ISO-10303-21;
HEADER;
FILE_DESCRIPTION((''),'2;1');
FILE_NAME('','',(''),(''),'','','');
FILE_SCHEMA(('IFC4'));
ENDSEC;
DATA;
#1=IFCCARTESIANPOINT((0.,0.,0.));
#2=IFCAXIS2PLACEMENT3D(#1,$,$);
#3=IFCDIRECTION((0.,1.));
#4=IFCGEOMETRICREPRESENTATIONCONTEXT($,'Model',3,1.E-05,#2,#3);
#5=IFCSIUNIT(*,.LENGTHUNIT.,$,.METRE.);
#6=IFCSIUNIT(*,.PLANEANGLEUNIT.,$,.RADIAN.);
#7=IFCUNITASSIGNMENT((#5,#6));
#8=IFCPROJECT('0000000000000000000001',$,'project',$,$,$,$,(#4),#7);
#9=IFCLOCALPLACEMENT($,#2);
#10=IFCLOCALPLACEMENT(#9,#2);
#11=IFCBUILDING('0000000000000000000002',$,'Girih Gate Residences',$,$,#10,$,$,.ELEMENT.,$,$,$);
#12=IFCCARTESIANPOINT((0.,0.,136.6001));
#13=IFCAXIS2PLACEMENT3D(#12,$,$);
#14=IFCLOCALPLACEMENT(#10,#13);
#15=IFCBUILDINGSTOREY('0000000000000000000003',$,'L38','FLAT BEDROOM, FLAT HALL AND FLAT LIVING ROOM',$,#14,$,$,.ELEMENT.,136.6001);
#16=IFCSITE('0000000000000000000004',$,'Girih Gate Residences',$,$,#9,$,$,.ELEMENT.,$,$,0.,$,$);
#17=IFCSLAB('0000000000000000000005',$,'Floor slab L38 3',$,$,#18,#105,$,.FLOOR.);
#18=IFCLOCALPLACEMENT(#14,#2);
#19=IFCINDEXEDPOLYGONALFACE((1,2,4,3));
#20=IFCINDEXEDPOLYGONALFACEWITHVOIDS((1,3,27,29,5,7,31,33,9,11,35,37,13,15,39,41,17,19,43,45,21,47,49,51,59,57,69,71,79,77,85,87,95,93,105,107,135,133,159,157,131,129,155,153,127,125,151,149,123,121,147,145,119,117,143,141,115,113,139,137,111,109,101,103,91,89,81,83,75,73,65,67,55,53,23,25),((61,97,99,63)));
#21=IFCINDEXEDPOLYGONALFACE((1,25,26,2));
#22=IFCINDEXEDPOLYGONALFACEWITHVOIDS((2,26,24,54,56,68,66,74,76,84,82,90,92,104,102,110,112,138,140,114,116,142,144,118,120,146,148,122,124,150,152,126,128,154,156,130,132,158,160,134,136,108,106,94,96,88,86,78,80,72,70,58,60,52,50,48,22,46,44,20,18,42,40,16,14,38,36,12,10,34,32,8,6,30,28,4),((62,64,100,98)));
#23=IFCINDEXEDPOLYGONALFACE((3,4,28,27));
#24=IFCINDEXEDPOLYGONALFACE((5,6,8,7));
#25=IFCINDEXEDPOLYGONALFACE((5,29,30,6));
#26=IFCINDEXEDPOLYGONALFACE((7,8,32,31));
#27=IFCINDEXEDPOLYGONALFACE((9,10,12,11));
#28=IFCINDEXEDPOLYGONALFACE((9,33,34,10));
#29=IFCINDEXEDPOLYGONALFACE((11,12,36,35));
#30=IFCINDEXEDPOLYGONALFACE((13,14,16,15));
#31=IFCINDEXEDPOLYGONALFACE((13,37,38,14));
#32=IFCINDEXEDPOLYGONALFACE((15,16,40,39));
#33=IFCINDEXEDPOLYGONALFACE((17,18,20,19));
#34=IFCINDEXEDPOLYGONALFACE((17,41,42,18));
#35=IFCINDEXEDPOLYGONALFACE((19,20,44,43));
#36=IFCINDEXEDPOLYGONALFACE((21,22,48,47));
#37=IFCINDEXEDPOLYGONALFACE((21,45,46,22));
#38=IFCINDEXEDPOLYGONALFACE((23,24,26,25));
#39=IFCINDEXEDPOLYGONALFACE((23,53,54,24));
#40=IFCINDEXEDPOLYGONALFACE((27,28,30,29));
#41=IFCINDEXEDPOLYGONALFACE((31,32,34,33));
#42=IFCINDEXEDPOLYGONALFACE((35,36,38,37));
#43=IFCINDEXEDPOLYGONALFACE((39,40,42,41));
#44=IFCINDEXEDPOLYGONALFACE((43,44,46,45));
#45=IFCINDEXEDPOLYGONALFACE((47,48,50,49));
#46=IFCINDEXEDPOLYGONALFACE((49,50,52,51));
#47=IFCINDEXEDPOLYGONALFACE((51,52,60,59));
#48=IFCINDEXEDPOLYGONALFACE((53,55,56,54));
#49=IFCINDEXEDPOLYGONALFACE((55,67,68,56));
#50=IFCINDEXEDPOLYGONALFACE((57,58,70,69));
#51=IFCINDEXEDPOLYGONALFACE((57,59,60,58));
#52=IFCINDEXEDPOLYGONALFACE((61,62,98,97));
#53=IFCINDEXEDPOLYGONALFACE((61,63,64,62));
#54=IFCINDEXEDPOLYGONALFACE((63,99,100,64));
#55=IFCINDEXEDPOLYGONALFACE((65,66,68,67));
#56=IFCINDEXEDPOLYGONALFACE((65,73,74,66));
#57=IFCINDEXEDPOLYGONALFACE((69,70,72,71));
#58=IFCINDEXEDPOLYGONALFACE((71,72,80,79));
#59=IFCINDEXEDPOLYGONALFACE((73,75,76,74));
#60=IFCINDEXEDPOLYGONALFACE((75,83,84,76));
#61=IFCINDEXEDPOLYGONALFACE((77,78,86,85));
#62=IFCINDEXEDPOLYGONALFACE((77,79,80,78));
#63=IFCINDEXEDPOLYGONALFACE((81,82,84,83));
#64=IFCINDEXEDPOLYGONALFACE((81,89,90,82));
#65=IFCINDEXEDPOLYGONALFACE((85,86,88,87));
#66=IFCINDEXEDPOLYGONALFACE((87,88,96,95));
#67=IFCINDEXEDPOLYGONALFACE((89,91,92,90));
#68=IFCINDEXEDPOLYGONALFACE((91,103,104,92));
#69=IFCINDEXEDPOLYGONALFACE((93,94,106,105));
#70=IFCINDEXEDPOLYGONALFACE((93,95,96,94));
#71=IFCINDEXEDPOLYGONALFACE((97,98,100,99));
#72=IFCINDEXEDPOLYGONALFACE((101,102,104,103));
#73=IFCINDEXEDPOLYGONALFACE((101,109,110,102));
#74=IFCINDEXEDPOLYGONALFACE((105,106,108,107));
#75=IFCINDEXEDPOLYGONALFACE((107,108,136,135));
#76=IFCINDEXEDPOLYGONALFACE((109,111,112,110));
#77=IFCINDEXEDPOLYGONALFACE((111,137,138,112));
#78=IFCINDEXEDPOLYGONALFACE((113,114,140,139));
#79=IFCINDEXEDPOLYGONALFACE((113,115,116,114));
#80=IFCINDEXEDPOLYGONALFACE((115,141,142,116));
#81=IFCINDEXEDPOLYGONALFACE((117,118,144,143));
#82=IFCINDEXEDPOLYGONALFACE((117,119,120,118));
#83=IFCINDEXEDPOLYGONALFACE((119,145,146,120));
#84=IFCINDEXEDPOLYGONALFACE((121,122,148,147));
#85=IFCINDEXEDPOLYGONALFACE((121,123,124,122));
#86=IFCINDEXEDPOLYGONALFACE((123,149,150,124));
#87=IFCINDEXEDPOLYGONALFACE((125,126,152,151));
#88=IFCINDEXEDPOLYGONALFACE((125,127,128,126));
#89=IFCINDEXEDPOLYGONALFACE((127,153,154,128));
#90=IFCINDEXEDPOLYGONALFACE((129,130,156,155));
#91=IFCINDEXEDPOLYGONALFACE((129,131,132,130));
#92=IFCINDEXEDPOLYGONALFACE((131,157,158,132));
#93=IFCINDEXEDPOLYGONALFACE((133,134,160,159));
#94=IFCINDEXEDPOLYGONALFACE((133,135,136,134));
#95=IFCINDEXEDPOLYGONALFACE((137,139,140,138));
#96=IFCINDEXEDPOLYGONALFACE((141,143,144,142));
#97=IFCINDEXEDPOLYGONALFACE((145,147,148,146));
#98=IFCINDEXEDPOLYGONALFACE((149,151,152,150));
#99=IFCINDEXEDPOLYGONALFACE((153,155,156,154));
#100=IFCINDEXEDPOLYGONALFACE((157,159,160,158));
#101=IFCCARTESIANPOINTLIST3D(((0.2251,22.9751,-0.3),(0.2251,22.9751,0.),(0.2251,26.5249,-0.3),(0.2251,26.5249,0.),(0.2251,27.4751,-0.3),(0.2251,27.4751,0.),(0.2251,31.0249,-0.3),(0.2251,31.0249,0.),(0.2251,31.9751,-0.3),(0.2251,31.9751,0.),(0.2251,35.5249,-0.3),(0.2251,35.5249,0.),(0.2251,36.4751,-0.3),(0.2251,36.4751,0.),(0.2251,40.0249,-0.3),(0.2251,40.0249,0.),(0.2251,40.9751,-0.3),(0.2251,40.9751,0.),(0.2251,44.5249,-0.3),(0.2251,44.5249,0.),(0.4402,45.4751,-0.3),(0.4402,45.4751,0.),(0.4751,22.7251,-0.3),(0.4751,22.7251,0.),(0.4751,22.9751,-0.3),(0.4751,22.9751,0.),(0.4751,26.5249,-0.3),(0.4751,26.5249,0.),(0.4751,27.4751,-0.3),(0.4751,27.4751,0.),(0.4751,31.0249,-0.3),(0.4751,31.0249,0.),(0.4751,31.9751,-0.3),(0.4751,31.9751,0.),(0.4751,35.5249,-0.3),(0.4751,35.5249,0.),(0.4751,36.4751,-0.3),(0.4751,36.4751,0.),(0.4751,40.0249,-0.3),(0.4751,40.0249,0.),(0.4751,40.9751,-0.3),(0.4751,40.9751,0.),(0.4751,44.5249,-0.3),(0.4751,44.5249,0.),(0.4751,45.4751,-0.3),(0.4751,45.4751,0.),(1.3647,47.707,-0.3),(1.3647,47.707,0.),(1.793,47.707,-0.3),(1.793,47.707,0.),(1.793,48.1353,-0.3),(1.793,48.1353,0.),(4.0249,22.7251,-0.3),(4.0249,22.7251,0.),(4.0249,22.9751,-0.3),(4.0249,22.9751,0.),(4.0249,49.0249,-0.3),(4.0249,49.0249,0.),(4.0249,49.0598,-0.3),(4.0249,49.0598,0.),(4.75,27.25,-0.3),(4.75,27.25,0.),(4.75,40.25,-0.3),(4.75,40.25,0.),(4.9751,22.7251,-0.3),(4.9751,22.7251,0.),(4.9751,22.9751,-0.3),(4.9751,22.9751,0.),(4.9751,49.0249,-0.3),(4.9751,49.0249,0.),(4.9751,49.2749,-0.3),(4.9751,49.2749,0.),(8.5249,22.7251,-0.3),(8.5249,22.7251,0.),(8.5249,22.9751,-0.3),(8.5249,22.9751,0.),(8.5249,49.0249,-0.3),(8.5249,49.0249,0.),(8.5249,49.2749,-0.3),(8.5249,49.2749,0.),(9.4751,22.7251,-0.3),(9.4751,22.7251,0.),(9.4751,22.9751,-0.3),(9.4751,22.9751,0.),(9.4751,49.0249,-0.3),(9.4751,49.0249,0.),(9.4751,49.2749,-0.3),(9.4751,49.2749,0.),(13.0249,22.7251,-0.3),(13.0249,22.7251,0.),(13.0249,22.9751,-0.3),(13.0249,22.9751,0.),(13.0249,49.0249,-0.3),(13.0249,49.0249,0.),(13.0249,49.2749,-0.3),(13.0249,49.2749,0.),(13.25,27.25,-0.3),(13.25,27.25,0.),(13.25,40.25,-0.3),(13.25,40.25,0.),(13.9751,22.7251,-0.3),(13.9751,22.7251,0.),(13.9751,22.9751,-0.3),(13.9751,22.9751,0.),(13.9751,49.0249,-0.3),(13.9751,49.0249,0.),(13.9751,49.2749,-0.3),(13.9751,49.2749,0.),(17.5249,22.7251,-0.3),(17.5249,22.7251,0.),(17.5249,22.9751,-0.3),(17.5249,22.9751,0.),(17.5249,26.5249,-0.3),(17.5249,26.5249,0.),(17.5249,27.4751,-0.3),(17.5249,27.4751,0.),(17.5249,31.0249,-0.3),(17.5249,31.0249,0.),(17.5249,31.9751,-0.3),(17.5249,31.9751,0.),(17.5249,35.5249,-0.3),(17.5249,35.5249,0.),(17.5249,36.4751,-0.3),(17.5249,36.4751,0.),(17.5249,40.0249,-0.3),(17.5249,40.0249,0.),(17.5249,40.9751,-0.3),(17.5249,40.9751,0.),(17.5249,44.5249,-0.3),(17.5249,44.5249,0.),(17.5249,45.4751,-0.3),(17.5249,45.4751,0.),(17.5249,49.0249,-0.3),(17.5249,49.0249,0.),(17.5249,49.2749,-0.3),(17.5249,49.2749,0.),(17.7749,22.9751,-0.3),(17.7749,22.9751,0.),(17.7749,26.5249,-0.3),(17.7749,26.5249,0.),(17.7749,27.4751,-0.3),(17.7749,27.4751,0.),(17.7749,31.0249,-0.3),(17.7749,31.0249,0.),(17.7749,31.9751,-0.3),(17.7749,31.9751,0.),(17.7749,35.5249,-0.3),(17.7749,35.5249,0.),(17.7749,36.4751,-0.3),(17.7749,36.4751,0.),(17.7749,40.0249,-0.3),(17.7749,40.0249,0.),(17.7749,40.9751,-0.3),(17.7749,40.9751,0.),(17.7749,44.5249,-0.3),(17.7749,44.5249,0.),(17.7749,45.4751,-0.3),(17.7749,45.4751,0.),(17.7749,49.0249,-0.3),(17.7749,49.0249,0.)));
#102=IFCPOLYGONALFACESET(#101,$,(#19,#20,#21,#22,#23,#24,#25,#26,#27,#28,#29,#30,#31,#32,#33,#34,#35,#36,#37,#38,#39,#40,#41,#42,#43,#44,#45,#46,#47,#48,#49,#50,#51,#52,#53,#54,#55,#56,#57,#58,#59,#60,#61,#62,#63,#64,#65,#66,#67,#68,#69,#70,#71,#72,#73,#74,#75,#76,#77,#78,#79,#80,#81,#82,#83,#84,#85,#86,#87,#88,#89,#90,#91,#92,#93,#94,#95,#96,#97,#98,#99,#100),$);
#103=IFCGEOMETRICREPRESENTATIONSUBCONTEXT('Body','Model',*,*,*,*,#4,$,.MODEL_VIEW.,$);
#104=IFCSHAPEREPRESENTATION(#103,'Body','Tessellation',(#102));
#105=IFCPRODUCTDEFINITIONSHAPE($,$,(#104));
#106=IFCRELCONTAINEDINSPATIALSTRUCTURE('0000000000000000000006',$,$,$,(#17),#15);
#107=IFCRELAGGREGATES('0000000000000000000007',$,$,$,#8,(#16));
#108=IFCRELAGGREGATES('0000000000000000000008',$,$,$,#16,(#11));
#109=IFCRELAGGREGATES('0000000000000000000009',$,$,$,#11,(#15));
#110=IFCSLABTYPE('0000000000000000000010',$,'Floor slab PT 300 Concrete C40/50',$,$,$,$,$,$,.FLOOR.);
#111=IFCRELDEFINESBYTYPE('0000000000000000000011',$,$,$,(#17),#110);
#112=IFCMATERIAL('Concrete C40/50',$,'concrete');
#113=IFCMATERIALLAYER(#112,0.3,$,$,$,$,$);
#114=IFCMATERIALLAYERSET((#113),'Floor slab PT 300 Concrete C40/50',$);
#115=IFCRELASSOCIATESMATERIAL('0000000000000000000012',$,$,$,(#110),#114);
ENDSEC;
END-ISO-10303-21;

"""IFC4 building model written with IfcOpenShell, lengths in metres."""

from ifc_helpers import new_model, si_unit, direction, frame, origin, place, context, subcontext, project, spatial, polyline, outline, extrude, material, layer, layer_set, type_object, element, save


model = new_model("IFC4")

# Units and contexts
model_context = context("Model", 3, precision=1e-05, world=origin(), true_north=direction((0.0, 1.0)))
body_context = subcontext(model_context, "Body", "Model", "MODEL_VIEW")
ifc_project = project(units=[si_unit("LENGTHUNIT", "METRE"), si_unit("PLANEANGLEUNIT", "RADIAN")], contexts=[model_context])

# Site, building, storey
site_placement = place(None, origin())
site = spatial("IfcSite", under=ifc_project, at=site_placement, Name="Girih Gate Residences", CompositionType="ELEMENT", RefElevation=0.0)
building_placement = place(site_placement, origin())
building = spatial("IfcBuilding", under=site, at=building_placement, Name="Girih Gate Residences", CompositionType="ELEMENT")
storey_placement = place(building_placement, frame((0.0, 0.0, 136.6001)))
storey = spatial("IfcBuildingStorey", under=building, at=storey_placement, Name="L38", Description="FLAT BEDROOM, FLAT HALL AND FLAT LIVING ROOM", CompositionType="ELEMENT", Elevation=136.6001)

# Slab
ifc_material_1 = material(Name="Concrete C40/50", Category="concrete")
ifc_layer_1 = layer(ifc_material_1, 0.3)
ifc_layer_set_1 = layer_set([ifc_layer_1], Name="Floor slab PT 300 Concrete C40/50")
slab_type_1 = type_object("IfcSlabType", Name="Floor slab PT 300 Concrete C40/50", PredefinedType="FLOOR", material=ifc_layer_set_1)
slab_1_placement = place(storey_placement, frame((0.0, 0.0, -0.3)))
element("IfcSlab", 1, at=slab_1_placement, inside=storey, type_object=slab_type_1, Name="Floor slab L38 3", PredefinedType="FLOOR", context=body_context, shape_type="SweptSolid", body=[
    extrude(outline(polyline([(0.2251, 26.5249), (0.2251, 22.9751), (0.4751, 22.9751), (0.4751, 22.7251), (4.0249, 22.7251), (4.0249, 22.9751), (4.9751, 22.9751), (4.9751, 22.7251), (8.5249, 22.7251), (8.5249, 22.9751), (9.4751, 22.9751), (9.4751, 22.7251), (13.0249, 22.7251), (13.0249, 22.9751), (13.9751, 22.9751), (13.9751, 22.7251), (17.5249, 22.7251), (17.5249, 22.9751), (17.7749, 22.9751), (17.7749, 26.5249), (17.5249, 26.5249), (17.5249, 27.4751), (17.7749, 27.4751), (17.7749, 31.0249), (17.5249, 31.0249), (17.5249, 31.9751), (17.7749, 31.9751), (17.7749, 35.5249), (17.5249, 35.5249), (17.5249, 36.4751), (17.7749, 36.4751), (17.7749, 40.0249), (17.5249, 40.0249), (17.5249, 40.9751), (17.7749, 40.9751), (17.7749, 44.5249), (17.5249, 44.5249), (17.5249, 45.4751), (17.7749, 45.4751), (17.7749, 49.0249), (17.5249, 49.0249), (17.5249, 49.2749), (13.9751, 49.2749), (13.9751, 49.0249), (13.0249, 49.0249), (13.0249, 49.2749), (9.4751, 49.2749), (9.4751, 49.0249), (8.5249, 49.0249), (8.5249, 49.2749), (4.9751, 49.2749), (4.9751, 49.0249), (4.0249, 49.0249), (4.0249, 49.0598), (1.793, 48.1353), (1.793, 47.707), (1.3647, 47.707), (0.4402, 45.4751), (0.4751, 45.4751), (0.4751, 44.5249), (0.2251, 44.5249), (0.2251, 40.9751), (0.4751, 40.9751), (0.4751, 40.0249), (0.2251, 40.0249), (0.2251, 36.4751), (0.4751, 36.4751), (0.4751, 35.5249), (0.2251, 35.5249), (0.2251, 31.9751), (0.4751, 31.9751), (0.4751, 31.0249), (0.2251, 31.0249), (0.2251, 27.4751), (0.4751, 27.4751), (0.4751, 26.5249), (0.2251, 26.5249)]), holes=[polyline([(13.25, 40.25), (13.25, 27.25), (4.75, 27.25), (4.75, 40.25), (13.25, 40.25)])]), origin(), (0.0, 0.0, 1.0), 0.3),
])

save(model, "model.ifc")
